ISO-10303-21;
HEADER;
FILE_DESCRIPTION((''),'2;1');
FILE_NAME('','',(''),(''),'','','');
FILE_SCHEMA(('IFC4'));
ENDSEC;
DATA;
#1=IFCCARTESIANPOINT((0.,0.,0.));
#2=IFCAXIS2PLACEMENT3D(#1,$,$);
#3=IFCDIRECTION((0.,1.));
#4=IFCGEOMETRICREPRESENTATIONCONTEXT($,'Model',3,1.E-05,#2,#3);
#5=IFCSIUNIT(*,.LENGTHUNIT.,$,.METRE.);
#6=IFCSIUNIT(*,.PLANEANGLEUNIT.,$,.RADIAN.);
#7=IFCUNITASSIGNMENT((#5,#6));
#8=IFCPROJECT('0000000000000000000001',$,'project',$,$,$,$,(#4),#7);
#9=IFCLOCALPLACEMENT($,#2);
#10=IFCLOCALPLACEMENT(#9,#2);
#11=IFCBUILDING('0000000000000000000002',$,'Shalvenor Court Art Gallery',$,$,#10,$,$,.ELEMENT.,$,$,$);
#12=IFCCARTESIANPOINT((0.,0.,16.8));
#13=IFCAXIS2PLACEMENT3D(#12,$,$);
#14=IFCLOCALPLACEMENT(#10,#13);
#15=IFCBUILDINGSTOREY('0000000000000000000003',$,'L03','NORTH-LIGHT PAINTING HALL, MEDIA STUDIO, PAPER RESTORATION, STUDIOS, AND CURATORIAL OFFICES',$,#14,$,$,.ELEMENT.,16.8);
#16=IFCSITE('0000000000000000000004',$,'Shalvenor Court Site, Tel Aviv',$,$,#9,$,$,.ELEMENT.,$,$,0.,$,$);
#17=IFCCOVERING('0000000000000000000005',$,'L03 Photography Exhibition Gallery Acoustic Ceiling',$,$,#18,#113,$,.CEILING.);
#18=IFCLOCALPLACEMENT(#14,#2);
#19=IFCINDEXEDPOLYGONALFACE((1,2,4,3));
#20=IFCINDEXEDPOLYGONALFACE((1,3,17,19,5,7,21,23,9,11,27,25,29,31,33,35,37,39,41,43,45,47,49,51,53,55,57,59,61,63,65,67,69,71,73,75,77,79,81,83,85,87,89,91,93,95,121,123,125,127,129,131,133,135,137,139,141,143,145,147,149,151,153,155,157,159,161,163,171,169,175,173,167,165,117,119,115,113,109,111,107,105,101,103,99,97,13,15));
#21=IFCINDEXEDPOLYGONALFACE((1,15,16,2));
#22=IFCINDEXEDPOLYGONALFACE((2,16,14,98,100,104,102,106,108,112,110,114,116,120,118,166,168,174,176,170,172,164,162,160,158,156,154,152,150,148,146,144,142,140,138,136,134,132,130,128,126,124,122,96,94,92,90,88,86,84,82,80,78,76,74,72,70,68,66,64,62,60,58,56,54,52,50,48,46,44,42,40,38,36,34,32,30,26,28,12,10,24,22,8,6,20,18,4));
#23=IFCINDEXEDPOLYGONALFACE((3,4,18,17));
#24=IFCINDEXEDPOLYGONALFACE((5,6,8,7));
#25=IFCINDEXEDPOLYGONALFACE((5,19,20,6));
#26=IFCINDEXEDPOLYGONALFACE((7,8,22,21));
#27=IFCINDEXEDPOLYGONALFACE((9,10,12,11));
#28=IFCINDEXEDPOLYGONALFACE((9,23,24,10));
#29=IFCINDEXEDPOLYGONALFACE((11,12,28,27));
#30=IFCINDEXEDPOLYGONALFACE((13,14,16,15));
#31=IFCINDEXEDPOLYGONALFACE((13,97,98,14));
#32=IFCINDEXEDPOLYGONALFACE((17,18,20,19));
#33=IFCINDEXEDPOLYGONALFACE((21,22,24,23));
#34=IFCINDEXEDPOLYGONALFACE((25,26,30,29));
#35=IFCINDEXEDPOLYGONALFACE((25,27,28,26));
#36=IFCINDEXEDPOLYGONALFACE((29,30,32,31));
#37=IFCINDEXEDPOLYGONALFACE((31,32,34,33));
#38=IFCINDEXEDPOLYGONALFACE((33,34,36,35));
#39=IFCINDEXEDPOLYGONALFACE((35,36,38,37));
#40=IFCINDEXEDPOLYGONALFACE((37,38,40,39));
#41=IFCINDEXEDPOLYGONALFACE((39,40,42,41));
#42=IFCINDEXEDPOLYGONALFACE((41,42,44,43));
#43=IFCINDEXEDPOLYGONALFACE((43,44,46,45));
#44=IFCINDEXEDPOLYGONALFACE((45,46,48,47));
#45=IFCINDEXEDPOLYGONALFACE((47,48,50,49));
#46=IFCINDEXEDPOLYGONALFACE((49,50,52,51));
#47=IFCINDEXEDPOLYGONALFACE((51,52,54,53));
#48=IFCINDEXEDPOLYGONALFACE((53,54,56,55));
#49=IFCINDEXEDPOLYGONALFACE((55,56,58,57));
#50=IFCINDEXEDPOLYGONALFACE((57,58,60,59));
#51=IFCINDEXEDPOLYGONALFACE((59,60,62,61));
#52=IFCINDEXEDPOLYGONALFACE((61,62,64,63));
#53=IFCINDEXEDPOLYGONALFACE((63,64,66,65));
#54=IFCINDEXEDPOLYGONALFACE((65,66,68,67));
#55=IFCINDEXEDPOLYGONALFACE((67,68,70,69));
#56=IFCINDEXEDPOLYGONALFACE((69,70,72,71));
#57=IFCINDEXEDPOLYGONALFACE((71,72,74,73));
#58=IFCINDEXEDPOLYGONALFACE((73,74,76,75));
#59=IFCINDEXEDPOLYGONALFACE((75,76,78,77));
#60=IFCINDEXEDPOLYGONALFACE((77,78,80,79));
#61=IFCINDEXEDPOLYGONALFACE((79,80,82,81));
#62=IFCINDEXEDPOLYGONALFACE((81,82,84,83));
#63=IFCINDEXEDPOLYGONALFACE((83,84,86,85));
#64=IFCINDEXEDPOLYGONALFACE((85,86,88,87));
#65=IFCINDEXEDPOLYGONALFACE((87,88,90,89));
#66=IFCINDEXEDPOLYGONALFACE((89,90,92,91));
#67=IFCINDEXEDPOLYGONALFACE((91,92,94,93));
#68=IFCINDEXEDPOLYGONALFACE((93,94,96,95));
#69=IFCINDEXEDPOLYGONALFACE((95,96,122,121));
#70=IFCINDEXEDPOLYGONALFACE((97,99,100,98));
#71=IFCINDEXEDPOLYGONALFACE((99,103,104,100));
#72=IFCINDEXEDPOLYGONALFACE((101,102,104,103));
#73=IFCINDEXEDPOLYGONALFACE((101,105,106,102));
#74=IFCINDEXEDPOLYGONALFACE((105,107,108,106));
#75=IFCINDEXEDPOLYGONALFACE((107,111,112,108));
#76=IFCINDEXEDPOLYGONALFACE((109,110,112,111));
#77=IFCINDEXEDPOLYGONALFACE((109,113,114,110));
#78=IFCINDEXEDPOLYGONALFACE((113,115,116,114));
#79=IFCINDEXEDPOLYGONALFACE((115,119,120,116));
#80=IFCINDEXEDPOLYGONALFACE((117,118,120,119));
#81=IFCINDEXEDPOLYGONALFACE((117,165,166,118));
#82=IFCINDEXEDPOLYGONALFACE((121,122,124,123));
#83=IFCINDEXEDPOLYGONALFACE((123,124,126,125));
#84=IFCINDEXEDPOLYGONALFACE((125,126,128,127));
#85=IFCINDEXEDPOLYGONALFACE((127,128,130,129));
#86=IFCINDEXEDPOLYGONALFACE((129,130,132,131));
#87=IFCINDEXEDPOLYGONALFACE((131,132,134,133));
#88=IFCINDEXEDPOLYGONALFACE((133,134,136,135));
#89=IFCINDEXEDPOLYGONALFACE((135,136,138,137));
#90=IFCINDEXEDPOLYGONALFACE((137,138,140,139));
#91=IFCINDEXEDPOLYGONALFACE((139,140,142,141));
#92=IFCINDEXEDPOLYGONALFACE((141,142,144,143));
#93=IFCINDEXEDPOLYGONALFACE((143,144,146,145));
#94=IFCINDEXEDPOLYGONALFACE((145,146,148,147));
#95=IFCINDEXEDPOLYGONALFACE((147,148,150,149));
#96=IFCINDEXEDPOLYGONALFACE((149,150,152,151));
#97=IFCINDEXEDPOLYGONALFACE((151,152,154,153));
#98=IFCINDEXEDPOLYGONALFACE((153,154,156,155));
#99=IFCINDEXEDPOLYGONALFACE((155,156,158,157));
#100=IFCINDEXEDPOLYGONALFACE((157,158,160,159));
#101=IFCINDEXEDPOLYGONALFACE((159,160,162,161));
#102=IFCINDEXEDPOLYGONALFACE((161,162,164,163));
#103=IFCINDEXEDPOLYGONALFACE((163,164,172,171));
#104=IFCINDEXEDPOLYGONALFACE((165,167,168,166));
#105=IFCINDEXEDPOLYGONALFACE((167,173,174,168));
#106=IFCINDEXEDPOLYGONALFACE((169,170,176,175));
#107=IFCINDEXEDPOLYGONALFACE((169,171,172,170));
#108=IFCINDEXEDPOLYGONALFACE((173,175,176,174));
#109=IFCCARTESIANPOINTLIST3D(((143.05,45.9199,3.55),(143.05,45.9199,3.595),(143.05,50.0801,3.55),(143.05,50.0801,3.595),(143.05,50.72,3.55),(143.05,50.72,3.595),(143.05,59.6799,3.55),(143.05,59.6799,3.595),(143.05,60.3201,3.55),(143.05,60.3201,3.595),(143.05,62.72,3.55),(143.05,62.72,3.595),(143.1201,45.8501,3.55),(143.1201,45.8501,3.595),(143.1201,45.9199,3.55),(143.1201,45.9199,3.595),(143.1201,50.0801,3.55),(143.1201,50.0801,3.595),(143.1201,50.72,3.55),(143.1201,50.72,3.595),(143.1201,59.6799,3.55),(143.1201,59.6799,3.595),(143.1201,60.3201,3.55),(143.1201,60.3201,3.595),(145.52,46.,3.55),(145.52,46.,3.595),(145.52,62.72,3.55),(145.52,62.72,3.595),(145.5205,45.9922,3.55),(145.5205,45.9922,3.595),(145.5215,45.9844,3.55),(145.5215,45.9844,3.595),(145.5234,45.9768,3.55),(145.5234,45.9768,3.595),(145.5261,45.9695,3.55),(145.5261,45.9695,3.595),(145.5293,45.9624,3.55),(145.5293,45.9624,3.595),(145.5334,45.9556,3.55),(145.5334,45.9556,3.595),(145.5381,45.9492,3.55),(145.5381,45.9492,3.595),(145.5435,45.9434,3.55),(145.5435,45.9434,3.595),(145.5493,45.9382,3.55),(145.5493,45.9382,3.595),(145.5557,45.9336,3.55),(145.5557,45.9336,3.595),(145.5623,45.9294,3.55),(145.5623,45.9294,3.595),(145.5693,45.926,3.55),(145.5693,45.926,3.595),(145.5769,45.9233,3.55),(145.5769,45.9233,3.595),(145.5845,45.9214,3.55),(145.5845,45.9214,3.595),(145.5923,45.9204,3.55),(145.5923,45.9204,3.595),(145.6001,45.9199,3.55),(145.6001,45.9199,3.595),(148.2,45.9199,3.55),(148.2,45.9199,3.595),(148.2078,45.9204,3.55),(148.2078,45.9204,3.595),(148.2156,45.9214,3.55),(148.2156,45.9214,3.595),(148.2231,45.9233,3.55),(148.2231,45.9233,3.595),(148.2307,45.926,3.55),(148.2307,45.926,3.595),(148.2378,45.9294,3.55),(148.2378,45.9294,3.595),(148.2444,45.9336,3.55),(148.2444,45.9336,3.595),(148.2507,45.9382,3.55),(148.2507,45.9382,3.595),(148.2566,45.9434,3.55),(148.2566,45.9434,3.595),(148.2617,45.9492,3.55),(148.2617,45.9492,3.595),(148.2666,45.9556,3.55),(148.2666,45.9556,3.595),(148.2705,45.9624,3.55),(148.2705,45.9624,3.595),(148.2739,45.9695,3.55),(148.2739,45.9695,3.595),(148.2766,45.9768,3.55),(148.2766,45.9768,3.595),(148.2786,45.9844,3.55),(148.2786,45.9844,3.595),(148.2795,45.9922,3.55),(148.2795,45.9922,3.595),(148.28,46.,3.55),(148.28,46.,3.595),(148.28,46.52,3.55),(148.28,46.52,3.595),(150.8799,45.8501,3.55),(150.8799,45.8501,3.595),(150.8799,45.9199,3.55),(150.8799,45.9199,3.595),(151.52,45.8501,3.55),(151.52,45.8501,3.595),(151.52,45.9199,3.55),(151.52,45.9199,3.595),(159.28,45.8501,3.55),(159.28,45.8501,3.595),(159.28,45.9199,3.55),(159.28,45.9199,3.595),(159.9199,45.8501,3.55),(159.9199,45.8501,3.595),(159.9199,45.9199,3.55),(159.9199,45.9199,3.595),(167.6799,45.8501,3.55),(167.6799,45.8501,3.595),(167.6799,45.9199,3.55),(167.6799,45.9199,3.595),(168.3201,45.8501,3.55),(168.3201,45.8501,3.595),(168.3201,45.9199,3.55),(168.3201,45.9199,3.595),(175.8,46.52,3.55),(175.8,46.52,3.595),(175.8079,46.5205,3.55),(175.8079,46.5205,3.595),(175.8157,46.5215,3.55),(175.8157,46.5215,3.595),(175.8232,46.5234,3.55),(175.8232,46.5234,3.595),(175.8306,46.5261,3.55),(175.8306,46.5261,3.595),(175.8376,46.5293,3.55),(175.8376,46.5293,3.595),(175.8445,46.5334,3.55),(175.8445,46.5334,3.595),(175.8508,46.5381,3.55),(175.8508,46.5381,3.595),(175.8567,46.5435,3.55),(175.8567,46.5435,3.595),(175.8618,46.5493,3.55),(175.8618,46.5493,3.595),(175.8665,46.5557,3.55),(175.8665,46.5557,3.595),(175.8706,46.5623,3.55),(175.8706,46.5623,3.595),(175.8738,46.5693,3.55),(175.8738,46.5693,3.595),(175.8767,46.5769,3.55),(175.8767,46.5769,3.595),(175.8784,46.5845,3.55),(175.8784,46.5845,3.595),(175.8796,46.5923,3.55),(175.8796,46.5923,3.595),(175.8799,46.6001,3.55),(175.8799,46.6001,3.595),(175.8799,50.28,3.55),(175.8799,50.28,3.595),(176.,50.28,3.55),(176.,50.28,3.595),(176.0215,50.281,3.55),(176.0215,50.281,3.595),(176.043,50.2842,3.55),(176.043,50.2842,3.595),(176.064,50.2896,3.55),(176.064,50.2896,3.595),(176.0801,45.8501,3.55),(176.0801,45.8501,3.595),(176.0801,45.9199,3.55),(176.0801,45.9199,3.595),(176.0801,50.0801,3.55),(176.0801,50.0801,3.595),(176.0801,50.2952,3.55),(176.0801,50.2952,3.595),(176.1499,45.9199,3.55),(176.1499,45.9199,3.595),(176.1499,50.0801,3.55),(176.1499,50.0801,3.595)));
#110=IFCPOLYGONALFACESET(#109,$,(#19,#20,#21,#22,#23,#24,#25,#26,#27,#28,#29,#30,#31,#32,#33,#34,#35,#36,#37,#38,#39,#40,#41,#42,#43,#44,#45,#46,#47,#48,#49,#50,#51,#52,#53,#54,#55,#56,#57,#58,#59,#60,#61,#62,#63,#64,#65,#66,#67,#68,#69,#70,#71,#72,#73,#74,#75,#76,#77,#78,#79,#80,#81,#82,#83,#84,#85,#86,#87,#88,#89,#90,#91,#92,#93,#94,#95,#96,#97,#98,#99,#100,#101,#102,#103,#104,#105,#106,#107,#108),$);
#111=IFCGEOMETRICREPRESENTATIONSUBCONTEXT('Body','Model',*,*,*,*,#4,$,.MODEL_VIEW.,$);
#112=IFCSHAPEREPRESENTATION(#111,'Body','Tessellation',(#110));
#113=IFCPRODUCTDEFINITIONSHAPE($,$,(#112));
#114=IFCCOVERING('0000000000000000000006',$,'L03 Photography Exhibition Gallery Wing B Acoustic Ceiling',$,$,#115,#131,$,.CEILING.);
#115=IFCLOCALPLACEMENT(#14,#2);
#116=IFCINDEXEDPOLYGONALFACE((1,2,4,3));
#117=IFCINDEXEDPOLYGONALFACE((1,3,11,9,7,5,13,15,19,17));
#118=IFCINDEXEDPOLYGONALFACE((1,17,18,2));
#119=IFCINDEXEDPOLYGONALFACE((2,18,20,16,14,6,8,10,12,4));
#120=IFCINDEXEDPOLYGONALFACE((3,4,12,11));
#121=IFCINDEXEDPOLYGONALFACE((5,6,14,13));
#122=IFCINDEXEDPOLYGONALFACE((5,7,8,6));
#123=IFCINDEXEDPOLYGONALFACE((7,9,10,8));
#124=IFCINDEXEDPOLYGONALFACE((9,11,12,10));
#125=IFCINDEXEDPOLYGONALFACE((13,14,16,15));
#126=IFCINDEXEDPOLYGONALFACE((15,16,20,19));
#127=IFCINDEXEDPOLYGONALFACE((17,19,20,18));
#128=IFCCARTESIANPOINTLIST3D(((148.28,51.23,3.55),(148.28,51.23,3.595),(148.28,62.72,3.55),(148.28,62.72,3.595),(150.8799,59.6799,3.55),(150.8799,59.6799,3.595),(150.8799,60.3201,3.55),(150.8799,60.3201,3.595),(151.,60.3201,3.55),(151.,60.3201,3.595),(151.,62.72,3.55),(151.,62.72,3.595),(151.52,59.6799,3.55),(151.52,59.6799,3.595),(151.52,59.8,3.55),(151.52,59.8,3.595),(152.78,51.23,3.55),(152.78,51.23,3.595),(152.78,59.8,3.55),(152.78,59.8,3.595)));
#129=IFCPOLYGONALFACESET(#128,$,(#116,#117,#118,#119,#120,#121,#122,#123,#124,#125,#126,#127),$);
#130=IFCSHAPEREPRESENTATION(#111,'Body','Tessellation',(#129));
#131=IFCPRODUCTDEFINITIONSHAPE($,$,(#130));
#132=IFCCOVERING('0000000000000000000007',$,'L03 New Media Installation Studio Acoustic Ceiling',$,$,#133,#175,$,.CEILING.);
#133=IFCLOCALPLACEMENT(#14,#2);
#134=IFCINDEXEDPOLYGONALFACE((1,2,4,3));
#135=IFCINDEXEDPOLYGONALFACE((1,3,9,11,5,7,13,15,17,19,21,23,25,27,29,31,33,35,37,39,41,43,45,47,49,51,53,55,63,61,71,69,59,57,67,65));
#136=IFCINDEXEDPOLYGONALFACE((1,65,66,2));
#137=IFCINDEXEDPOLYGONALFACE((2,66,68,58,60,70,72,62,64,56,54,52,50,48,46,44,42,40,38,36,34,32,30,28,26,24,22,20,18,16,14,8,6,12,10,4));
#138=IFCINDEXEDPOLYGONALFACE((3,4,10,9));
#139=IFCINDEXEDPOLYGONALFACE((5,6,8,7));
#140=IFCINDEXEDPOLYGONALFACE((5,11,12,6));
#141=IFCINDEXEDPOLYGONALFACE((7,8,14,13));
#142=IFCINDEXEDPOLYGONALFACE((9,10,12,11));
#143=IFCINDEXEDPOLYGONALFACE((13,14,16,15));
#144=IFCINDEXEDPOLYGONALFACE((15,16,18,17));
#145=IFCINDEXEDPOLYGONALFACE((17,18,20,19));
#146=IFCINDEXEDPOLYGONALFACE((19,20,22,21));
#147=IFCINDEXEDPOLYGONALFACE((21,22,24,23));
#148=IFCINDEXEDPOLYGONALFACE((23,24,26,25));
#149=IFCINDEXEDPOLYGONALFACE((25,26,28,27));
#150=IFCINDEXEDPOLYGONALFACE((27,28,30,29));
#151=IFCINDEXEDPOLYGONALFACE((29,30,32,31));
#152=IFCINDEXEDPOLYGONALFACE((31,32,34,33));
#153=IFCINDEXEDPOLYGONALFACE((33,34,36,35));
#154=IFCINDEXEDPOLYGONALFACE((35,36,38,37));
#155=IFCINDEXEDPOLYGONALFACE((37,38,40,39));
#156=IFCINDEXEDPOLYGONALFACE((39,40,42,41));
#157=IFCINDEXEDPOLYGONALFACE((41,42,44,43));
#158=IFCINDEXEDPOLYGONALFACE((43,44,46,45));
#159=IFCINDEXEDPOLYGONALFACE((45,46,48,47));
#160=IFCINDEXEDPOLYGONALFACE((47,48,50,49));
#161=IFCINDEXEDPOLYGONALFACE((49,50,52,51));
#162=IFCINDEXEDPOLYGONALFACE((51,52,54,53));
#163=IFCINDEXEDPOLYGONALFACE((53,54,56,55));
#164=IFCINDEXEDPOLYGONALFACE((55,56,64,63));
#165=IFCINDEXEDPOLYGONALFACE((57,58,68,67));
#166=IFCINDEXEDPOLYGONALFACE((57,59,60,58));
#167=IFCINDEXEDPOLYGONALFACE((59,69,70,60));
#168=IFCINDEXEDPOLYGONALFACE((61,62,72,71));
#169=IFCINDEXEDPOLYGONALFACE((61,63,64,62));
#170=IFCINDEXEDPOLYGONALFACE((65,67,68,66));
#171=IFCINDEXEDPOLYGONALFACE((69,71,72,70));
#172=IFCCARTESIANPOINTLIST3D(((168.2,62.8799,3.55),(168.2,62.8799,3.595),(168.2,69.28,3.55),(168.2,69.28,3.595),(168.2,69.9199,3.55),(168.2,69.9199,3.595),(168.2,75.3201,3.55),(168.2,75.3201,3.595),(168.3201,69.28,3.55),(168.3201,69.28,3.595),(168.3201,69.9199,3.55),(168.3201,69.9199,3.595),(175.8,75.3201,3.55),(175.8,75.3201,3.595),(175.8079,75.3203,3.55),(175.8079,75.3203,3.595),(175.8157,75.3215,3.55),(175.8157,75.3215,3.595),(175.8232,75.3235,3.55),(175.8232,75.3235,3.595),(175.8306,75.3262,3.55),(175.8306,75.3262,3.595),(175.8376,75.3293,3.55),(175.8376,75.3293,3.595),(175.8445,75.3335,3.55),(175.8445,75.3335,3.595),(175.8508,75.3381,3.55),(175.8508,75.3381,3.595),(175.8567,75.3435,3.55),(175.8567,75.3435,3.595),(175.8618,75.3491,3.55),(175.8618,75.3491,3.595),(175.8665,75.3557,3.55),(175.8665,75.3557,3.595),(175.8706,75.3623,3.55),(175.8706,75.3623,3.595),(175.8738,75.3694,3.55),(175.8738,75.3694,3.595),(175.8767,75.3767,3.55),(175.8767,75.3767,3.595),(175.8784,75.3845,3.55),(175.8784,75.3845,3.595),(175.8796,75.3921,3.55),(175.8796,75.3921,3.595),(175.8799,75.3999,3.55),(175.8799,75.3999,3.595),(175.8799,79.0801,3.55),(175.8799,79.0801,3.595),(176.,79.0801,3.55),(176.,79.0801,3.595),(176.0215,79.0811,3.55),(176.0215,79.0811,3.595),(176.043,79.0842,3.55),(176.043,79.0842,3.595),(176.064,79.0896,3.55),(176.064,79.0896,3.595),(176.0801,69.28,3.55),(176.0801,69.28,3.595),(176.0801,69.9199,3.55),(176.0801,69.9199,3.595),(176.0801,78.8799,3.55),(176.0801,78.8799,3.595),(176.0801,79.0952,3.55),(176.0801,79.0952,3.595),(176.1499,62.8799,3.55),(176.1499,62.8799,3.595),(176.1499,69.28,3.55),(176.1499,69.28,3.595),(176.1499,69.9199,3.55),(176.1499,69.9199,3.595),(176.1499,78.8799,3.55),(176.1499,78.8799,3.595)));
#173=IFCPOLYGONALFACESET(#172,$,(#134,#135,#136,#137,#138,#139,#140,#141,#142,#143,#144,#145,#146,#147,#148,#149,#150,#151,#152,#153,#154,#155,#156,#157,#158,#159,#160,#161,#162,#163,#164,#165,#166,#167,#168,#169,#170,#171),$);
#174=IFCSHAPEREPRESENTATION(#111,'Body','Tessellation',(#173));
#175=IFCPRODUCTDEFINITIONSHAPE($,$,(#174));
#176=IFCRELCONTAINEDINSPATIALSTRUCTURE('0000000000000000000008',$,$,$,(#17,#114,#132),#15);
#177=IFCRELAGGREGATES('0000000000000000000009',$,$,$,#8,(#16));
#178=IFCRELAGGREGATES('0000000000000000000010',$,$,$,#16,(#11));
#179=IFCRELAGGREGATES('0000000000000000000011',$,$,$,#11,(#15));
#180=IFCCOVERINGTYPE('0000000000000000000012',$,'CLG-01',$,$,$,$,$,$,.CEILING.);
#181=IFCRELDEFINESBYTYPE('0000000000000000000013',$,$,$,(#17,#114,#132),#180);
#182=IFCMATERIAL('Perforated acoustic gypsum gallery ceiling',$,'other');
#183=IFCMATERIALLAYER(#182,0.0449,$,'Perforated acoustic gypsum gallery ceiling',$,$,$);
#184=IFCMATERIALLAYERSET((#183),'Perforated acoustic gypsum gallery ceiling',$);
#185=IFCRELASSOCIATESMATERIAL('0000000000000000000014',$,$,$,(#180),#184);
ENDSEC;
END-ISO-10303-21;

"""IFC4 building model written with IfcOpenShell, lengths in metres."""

from ifc_helpers import new_model, si_unit, direction, frame, origin, place, context, subcontext, project, spatial, polyline, outline, extrude, material, layer, layer_set, type_object, element, save


model = new_model("IFC4")

# Units and contexts
model_context = context("Model", 3, precision=1e-05, world=origin(), true_north=direction((0.0, 1.0)))
body_context = subcontext(model_context, "Body", "Model", "MODEL_VIEW")
ifc_project = project(units=[si_unit("LENGTHUNIT", "METRE"), si_unit("PLANEANGLEUNIT", "RADIAN")], contexts=[model_context])

# Site, building, storey
site_placement = place(None, origin())
site = spatial("IfcSite", under=ifc_project, at=site_placement, Name="Shalvenor Court Site, Tel Aviv", CompositionType="ELEMENT", RefElevation=0.0)
building_placement = place(site_placement, origin())
building = spatial("IfcBuilding", under=site, at=building_placement, Name="Shalvenor Court Art Gallery", CompositionType="ELEMENT")
storey_placement = place(building_placement, frame((0.0, 0.0, 16.8)))
storey = spatial("IfcBuildingStorey", under=building, at=storey_placement, Name="L03", Description="NORTH-LIGHT PAINTING HALL, MEDIA STUDIO, PAPER RESTORATION, STUDIOS, AND CURATORIAL OFFICES", CompositionType="ELEMENT", Elevation=16.8)

# Coverings
ifc_material_1 = material(Name="Perforated acoustic gypsum gallery ceiling", Category="other")
ifc_layer_1 = layer(ifc_material_1, 0.0449, Name="Perforated acoustic gypsum gallery ceiling")
ifc_layer_set_1 = layer_set([ifc_layer_1], Name="Perforated acoustic gypsum gallery ceiling")
covering_type_1 = type_object("IfcCoveringType", Name="CLG-01", PredefinedType="CEILING", material=ifc_layer_set_1)
covering_1_placement = place(storey_placement, frame((0.0, 0.0, 3.55)))
element("IfcCovering", 1, at=covering_1_placement, inside=storey, type_object=covering_type_1, Name="L03 Photography Exhibition Gallery Acoustic Ceiling", PredefinedType="CEILING", context=body_context, shape_type="SweptSolid", body=[
    extrude(outline(polyline([(145.5205, 45.9922), (145.5215, 45.9844), (145.5234, 45.9768), (145.5261, 45.9695), (145.5293, 45.9624), (145.5334, 45.9556), (145.5381, 45.9492), (145.5435, 45.9434), (145.5493, 45.9382), (145.5557, 45.9336), (145.5623, 45.9294), (145.5693, 45.926), (145.5769, 45.9233), (145.5845, 45.9214), (145.5923, 45.9204), (145.6001, 45.9199), (148.2, 45.9199), (148.2078, 45.9204), (148.2156, 45.9214), (148.2231, 45.9233), (148.2307, 45.926), (148.2378, 45.9294), (148.2444, 45.9336), (148.2507, 45.9382), (148.2566, 45.9434), (148.2617, 45.9492), (148.2666, 45.9556), (148.2705, 45.9624), (148.2739, 45.9695), (148.2766, 45.9768), (148.2786, 45.9844), (148.2795, 45.9922), (148.28, 46.0), (148.28, 46.52), (175.8, 46.52), (175.8079, 46.5205), (175.8157, 46.5215), (175.8232, 46.5234), (175.8306, 46.5261), (175.8376, 46.5293), (175.8445, 46.5334), (175.8508, 46.5381), (175.8567, 46.5435), (175.8618, 46.5493), (175.8665, 46.5557), (175.8706, 46.5623), (175.8738, 46.5693), (175.8767, 46.5769), (175.8784, 46.5845), (175.8796, 46.5923), (175.8799, 46.6001), (175.8799, 50.28), (176.0, 50.28), (176.0215, 50.281), (176.043, 50.2842), (176.064, 50.2896), (176.0801, 50.2952), (176.0801, 50.0801), (176.1499, 50.0801), (176.1499, 45.9199), (176.0801, 45.9199), (176.0801, 45.8501), (168.3201, 45.8501), (168.3201, 45.9199), (167.6799, 45.9199), (167.6799, 45.8501), (159.9199, 45.8501), (159.9199, 45.9199), (159.28, 45.9199), (159.28, 45.8501), (151.52, 45.8501), (151.52, 45.9199), (150.8799, 45.9199), (150.8799, 45.8501), (143.1201, 45.8501), (143.1201, 45.9199), (143.05, 45.9199), (143.05, 50.0801), (143.1201, 50.0801), (143.1201, 50.72), (143.05, 50.72), (143.05, 59.6799), (143.1201, 59.6799), (143.1201, 60.3201), (143.05, 60.3201), (143.05, 62.72), (145.52, 62.72), (145.52, 46.0), (145.5205, 45.9922)])), origin(), (0.0, 0.0, 1.0), 0.0449),
])
covering_2_placement = place(storey_placement, frame((0.0, 0.0, 3.55)))
element("IfcCovering", 2, at=covering_2_placement, inside=storey, type_object=covering_type_1, Name="L03 Photography Exhibition Gallery Wing B Acoustic Ceiling", PredefinedType="CEILING", context=body_context, shape_type="SweptSolid", body=[
    extrude(outline(polyline([(152.78, 51.23), (148.28, 51.23), (148.28, 62.72), (151.0, 62.72), (151.0, 60.3201), (150.8799, 60.3201), (150.8799, 59.6799), (151.52, 59.6799), (151.52, 59.8), (152.78, 59.8), (152.78, 51.23)])), origin(), (0.0, 0.0, 1.0), 0.0449),
])
covering_3_placement = place(storey_placement, frame((0.0, 0.0, 3.55)))
element("IfcCovering", 3, at=covering_3_placement, inside=storey, type_object=covering_type_1, Name="L03 New Media Installation Studio Acoustic Ceiling", PredefinedType="CEILING", context=body_context, shape_type="SweptSolid", body=[
    extrude(outline(polyline([(175.8, 75.3201), (175.8079, 75.3203), (175.8157, 75.3215), (175.8232, 75.3235), (175.8306, 75.3262), (175.8376, 75.3293), (175.8445, 75.3335), (175.8508, 75.3381), (175.8567, 75.3435), (175.8618, 75.3491), (175.8665, 75.3557), (175.8706, 75.3623), (175.8738, 75.3694), (175.8767, 75.3767), (175.8784, 75.3845), (175.8796, 75.3921), (175.8799, 75.3999), (175.8799, 79.0801), (176.0, 79.0801), (176.0215, 79.0811), (176.043, 79.0842), (176.064, 79.0896), (176.0801, 79.0952), (176.0801, 78.8799), (176.1499, 78.8799), (176.1499, 69.9199), (176.0801, 69.9199), (176.0801, 69.28), (176.1499, 69.28), (176.1499, 62.8799), (168.2, 62.8799), (168.2, 69.28), (168.3201, 69.28), (168.3201, 69.9199), (168.2, 69.9199), (168.2, 75.3201), (175.8, 75.3201)])), origin(), (0.0, 0.0, 1.0), 0.0449),
])

save(model, "model.ifc")
